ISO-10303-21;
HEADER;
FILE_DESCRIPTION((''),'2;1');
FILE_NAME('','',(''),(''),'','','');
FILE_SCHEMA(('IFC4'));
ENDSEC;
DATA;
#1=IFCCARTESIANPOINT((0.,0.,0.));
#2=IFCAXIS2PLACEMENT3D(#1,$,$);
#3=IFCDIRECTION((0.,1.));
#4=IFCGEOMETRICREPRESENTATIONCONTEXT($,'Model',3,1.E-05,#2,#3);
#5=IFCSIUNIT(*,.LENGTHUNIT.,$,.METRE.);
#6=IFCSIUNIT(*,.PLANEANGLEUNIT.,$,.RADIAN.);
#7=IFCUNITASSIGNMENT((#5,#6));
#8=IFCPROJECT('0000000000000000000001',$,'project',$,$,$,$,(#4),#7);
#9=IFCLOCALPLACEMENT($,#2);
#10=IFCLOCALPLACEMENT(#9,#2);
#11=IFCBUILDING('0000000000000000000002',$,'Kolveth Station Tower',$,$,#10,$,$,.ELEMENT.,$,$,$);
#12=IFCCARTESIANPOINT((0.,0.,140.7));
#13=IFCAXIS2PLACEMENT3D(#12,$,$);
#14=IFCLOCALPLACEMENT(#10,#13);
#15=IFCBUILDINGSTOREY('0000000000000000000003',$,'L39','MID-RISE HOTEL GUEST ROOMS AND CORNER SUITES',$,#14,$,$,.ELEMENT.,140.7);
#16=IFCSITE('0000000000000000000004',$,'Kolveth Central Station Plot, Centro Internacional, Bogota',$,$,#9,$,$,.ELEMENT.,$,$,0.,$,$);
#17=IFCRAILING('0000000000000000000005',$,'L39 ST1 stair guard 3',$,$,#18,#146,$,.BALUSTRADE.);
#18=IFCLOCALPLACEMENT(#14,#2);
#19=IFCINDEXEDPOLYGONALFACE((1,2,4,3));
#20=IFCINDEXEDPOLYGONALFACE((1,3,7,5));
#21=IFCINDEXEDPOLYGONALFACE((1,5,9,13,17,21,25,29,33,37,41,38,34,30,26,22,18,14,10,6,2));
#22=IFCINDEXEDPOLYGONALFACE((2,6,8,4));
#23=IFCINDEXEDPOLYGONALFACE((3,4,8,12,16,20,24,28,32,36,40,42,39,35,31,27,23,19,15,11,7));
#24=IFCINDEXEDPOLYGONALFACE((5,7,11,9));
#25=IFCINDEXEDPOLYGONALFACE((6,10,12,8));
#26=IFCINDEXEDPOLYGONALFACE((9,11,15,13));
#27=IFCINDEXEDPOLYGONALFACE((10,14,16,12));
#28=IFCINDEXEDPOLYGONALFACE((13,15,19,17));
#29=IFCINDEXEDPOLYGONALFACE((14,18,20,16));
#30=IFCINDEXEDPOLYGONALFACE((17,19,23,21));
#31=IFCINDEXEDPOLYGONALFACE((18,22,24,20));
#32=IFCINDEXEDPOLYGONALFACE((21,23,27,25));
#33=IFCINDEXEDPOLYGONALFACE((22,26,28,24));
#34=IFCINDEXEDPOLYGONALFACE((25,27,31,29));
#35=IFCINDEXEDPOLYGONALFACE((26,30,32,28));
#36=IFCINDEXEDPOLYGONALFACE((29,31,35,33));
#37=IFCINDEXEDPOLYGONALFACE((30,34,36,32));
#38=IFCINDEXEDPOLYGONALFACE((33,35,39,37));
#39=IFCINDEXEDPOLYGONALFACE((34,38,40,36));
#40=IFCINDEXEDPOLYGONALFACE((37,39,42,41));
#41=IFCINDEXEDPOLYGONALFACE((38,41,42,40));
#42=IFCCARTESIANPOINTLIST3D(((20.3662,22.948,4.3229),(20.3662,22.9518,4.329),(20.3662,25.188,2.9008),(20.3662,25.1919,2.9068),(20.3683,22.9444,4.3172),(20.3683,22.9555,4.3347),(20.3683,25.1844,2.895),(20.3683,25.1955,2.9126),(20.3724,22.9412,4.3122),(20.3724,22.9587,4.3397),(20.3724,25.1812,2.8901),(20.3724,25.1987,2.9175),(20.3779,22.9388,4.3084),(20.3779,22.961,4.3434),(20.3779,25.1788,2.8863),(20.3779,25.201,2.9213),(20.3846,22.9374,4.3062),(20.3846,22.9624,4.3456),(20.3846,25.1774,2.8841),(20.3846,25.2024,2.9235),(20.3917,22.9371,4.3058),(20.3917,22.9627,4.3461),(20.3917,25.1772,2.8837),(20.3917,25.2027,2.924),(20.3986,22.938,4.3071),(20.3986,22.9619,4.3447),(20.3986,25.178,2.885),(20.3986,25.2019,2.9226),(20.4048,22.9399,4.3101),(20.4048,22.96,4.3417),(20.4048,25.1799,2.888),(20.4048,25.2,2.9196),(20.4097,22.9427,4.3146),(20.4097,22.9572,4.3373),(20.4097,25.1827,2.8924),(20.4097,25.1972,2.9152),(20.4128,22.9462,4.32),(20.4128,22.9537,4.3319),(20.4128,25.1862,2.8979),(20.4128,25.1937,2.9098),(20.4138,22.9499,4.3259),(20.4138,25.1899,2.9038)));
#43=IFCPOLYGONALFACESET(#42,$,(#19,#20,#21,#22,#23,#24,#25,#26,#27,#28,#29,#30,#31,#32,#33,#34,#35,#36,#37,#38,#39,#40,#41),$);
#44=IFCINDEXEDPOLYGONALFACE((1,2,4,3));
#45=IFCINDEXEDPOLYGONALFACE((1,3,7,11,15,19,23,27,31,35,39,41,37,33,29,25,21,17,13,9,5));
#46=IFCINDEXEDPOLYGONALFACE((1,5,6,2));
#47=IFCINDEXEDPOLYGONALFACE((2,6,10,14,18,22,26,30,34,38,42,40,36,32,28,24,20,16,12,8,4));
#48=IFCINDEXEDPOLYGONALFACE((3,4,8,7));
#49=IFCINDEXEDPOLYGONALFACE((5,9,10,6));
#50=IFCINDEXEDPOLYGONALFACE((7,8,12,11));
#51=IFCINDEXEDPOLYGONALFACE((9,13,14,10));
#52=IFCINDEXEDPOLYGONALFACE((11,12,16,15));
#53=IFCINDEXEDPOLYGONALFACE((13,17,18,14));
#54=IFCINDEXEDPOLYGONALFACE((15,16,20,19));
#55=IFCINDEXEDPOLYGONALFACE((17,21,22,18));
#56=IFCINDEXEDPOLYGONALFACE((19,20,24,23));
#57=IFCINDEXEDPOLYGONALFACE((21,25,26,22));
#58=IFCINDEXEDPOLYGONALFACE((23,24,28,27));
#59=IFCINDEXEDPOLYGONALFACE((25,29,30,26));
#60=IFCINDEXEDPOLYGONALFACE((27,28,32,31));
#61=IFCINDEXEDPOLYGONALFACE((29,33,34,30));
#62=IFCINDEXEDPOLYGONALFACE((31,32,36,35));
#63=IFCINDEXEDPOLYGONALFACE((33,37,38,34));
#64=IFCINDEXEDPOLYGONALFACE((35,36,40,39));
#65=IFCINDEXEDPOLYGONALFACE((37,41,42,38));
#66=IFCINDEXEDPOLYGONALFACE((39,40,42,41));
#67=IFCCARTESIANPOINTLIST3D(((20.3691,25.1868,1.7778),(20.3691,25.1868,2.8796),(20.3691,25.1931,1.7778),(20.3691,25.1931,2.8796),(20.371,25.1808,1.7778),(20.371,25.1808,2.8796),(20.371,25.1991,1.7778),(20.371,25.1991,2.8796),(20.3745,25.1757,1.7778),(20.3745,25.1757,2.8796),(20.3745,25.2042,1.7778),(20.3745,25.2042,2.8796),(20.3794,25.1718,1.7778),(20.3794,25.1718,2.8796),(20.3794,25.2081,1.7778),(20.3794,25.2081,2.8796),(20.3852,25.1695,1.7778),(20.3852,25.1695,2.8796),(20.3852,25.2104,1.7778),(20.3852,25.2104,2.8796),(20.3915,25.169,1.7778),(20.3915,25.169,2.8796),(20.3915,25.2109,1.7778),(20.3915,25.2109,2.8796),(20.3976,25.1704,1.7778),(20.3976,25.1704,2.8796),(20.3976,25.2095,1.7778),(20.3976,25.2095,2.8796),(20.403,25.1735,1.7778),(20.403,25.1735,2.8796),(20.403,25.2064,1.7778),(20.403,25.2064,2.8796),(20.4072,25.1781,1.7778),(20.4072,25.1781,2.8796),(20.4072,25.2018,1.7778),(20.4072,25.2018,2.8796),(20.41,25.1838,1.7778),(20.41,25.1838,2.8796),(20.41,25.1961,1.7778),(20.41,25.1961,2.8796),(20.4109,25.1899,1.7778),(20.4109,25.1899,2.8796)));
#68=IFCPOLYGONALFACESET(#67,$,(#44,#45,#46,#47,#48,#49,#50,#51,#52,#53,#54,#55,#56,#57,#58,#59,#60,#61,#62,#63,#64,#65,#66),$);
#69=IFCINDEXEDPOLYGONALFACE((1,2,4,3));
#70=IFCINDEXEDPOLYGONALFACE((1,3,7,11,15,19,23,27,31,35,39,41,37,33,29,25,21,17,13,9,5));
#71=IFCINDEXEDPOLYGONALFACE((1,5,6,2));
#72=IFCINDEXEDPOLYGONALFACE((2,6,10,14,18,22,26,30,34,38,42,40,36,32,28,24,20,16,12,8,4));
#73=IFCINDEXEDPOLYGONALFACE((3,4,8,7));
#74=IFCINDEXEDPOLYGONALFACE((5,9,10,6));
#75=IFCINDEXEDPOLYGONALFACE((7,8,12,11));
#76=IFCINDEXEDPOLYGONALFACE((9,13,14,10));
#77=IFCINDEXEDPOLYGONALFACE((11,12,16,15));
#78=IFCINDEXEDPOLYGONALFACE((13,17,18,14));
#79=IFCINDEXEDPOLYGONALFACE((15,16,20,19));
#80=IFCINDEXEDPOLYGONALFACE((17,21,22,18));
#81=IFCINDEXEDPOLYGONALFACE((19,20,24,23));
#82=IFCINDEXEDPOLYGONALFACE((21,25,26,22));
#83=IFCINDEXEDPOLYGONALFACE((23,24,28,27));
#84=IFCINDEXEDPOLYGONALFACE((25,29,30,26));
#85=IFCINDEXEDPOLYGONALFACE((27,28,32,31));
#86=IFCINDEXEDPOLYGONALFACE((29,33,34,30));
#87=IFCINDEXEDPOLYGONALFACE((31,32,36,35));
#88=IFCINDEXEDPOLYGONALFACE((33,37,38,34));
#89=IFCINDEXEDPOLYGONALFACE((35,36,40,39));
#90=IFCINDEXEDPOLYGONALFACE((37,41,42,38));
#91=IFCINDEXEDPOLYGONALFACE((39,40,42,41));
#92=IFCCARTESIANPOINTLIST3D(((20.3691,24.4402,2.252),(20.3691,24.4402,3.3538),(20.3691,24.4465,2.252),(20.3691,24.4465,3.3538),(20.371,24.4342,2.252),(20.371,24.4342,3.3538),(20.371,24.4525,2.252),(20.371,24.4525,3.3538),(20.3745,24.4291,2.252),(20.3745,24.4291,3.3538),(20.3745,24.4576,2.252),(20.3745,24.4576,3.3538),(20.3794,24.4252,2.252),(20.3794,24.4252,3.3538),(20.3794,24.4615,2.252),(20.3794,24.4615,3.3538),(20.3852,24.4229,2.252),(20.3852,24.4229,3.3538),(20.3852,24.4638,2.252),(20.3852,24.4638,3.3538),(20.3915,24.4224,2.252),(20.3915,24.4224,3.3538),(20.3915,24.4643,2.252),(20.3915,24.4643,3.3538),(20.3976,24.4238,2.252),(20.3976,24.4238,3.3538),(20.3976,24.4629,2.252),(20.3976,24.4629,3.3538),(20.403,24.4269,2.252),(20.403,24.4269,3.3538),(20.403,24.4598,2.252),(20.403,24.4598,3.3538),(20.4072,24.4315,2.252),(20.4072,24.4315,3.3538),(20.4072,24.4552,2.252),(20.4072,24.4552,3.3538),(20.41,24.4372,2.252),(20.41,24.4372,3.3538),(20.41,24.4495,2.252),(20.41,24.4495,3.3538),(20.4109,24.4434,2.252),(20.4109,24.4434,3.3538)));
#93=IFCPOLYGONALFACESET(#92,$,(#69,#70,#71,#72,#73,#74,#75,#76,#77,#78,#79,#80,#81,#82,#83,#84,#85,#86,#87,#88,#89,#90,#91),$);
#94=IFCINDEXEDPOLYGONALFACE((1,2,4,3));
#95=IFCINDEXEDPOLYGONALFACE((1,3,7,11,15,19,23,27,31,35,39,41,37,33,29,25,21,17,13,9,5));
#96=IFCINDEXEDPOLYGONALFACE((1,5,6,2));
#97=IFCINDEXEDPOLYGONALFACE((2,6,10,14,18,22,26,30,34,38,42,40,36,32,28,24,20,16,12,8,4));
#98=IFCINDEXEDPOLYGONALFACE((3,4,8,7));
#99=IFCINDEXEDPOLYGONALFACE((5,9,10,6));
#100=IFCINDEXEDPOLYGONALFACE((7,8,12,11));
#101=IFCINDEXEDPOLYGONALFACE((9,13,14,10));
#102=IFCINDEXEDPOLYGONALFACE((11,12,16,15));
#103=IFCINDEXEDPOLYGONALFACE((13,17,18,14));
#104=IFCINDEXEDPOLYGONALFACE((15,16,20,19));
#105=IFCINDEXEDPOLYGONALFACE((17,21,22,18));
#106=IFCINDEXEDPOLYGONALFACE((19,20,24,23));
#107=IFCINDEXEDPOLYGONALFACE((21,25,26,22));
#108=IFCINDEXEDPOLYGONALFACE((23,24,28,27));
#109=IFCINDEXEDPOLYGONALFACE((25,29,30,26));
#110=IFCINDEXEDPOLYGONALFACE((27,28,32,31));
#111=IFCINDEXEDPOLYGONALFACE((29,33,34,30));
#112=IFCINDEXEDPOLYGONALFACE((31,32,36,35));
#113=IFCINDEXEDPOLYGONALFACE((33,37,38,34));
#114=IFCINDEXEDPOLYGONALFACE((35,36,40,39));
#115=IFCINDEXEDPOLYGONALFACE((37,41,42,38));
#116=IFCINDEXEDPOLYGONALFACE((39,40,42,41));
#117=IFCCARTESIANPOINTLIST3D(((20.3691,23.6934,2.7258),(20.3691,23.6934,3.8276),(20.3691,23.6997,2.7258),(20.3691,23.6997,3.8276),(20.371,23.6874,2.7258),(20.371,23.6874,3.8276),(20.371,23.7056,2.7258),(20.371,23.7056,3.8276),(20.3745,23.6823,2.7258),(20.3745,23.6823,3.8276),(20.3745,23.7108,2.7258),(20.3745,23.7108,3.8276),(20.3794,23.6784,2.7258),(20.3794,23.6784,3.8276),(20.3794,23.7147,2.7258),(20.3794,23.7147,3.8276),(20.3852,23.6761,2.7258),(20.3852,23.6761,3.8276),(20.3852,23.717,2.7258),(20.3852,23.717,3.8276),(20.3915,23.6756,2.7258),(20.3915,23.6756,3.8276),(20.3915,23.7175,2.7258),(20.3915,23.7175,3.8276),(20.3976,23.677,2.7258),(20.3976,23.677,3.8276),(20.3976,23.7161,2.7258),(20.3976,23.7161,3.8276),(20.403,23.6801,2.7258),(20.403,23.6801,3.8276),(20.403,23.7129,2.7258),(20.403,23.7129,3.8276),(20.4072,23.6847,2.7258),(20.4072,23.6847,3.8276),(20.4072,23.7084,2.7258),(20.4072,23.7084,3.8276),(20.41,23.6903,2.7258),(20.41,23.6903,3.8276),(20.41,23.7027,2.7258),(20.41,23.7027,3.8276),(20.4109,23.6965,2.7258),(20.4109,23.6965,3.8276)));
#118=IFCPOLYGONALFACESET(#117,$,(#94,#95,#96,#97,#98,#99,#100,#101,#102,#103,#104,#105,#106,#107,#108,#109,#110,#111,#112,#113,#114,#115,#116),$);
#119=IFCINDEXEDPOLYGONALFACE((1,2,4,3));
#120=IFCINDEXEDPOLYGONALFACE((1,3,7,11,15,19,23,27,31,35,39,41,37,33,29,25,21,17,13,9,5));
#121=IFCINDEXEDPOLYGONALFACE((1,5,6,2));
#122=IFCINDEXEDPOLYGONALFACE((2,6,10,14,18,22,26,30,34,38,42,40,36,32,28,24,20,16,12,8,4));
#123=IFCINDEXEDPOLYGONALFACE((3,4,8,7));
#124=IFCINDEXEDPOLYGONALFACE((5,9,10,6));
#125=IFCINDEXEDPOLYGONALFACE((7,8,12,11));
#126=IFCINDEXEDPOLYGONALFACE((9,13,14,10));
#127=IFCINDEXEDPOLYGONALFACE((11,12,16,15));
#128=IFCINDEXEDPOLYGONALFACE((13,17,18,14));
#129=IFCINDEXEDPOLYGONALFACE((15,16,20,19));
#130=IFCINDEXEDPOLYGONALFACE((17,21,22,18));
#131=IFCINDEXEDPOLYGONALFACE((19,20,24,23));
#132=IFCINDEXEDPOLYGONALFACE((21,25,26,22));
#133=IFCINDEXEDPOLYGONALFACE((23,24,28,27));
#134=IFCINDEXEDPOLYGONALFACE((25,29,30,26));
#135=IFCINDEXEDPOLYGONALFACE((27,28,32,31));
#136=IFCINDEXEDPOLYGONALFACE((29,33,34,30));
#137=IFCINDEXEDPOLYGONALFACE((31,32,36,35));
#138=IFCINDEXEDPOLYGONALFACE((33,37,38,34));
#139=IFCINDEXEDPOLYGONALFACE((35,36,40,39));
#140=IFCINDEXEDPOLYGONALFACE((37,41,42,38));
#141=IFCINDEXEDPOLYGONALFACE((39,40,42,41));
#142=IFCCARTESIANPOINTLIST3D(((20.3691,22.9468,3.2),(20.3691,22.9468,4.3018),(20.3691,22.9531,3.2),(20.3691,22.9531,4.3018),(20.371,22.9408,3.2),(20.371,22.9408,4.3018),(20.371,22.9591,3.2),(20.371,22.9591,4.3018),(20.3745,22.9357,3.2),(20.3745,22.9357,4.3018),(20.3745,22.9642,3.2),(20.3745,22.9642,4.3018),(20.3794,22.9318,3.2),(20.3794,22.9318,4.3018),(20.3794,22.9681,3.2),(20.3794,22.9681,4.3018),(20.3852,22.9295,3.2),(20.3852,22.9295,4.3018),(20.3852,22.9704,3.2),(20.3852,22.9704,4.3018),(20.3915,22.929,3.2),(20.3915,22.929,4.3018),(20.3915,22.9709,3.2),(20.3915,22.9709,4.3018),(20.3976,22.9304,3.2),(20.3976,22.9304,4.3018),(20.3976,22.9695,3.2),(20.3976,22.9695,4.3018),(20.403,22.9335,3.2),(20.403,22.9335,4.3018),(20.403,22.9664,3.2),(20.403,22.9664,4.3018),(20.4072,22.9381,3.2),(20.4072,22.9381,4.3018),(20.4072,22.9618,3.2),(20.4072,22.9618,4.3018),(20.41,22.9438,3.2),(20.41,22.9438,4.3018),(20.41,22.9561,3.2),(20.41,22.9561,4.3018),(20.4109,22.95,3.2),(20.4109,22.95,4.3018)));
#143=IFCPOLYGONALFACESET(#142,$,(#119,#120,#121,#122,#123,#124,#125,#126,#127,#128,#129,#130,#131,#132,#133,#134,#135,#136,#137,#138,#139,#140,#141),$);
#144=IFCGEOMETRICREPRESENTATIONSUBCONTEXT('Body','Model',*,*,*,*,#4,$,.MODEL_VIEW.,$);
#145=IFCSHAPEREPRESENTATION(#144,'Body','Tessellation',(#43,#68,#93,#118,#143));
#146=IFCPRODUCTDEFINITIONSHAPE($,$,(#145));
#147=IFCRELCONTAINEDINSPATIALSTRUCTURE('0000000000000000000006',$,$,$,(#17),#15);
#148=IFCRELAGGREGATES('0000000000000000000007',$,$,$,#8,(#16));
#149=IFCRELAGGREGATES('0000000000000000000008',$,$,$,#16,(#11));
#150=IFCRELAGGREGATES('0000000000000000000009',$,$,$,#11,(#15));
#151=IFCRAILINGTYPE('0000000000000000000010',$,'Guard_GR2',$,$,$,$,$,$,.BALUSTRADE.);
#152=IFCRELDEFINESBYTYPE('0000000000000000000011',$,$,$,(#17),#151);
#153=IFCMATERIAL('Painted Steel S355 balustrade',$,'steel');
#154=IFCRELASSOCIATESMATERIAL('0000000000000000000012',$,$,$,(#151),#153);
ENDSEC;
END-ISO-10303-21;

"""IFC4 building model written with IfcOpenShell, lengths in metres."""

from ifc_helpers import new_model, si_unit, direction, frame, origin, origin_2d, place, context, subcontext, project, spatial, circle, extrude, material, type_object, element, save


model = new_model("IFC4")

# Units and contexts
model_context = context("Model", 3, precision=1e-05, world=origin(), true_north=direction((0.0, 1.0)))
body_context = subcontext(model_context, "Body", "Model", "MODEL_VIEW")
ifc_project = project(units=[si_unit("LENGTHUNIT", "METRE"), si_unit("PLANEANGLEUNIT", "RADIAN")], contexts=[model_context])

# Site, building, storey
site_placement = place(None, origin())
site = spatial("IfcSite", under=ifc_project, at=site_placement, Name="Kolveth Central Station Plot, Centro Internacional, Bogota", CompositionType="ELEMENT", RefElevation=0.0)
building_placement = place(site_placement, origin())
building = spatial("IfcBuilding", under=site, at=building_placement, Name="Kolveth Station Tower", CompositionType="ELEMENT")
storey_placement = place(building_placement, frame((0.0, 0.0, 140.7)))
storey = spatial("IfcBuildingStorey", under=building, at=storey_placement, Name="L39", Description="MID-RISE HOTEL GUEST ROOMS AND CORNER SUITES", CompositionType="ELEMENT", Elevation=140.7)

# Railing
ifc_material_1 = material(Name="Painted Steel S355 balustrade", Category="steel")
railing_type_1 = type_object("IfcRailingType", Name="Guard_GR2", PredefinedType="BALUSTRADE", material=ifc_material_1)
railing_1_placement = place(storey_placement, frame((20.3899, 25.1899, 1.7778)))
element("IfcRailing", 1, at=railing_1_placement, inside=storey, type_object=railing_type_1, Name="L39 ST1 stair guard 3", PredefinedType="BALUSTRADE", context=body_context, shape_type="SweptSolid", body=[
    extrude(circle(Radius=0.0239, at=origin_2d()), frame((0.0, 0.0, 1.126), z_axis=(0.0, -0.844229, 0.535982), x_axis=(1.0, 0.0, 0.0)), (0.0, 0.0, 1.0), 2.6533),
    extrude(circle(Radius=0.021, at=origin_2d()), origin(), (0.0, 0.0, 1.0), 1.1018),
    extrude(circle(Radius=0.021, at=origin_2d()), frame((0.0, -0.7466, 0.4741)), (0.0, 0.0, 1.0), 1.1018),
    extrude(circle(Radius=0.021, at=origin_2d()), frame((0.0, -1.4934, 0.948)), (0.0, 0.0, 1.0), 1.1018),
    extrude(circle(Radius=0.021, at=origin_2d()), frame((0.0, -2.24, 1.4221)), (0.0, 0.0, 1.0), 1.1018),
])

save(model, "model.ifc")
